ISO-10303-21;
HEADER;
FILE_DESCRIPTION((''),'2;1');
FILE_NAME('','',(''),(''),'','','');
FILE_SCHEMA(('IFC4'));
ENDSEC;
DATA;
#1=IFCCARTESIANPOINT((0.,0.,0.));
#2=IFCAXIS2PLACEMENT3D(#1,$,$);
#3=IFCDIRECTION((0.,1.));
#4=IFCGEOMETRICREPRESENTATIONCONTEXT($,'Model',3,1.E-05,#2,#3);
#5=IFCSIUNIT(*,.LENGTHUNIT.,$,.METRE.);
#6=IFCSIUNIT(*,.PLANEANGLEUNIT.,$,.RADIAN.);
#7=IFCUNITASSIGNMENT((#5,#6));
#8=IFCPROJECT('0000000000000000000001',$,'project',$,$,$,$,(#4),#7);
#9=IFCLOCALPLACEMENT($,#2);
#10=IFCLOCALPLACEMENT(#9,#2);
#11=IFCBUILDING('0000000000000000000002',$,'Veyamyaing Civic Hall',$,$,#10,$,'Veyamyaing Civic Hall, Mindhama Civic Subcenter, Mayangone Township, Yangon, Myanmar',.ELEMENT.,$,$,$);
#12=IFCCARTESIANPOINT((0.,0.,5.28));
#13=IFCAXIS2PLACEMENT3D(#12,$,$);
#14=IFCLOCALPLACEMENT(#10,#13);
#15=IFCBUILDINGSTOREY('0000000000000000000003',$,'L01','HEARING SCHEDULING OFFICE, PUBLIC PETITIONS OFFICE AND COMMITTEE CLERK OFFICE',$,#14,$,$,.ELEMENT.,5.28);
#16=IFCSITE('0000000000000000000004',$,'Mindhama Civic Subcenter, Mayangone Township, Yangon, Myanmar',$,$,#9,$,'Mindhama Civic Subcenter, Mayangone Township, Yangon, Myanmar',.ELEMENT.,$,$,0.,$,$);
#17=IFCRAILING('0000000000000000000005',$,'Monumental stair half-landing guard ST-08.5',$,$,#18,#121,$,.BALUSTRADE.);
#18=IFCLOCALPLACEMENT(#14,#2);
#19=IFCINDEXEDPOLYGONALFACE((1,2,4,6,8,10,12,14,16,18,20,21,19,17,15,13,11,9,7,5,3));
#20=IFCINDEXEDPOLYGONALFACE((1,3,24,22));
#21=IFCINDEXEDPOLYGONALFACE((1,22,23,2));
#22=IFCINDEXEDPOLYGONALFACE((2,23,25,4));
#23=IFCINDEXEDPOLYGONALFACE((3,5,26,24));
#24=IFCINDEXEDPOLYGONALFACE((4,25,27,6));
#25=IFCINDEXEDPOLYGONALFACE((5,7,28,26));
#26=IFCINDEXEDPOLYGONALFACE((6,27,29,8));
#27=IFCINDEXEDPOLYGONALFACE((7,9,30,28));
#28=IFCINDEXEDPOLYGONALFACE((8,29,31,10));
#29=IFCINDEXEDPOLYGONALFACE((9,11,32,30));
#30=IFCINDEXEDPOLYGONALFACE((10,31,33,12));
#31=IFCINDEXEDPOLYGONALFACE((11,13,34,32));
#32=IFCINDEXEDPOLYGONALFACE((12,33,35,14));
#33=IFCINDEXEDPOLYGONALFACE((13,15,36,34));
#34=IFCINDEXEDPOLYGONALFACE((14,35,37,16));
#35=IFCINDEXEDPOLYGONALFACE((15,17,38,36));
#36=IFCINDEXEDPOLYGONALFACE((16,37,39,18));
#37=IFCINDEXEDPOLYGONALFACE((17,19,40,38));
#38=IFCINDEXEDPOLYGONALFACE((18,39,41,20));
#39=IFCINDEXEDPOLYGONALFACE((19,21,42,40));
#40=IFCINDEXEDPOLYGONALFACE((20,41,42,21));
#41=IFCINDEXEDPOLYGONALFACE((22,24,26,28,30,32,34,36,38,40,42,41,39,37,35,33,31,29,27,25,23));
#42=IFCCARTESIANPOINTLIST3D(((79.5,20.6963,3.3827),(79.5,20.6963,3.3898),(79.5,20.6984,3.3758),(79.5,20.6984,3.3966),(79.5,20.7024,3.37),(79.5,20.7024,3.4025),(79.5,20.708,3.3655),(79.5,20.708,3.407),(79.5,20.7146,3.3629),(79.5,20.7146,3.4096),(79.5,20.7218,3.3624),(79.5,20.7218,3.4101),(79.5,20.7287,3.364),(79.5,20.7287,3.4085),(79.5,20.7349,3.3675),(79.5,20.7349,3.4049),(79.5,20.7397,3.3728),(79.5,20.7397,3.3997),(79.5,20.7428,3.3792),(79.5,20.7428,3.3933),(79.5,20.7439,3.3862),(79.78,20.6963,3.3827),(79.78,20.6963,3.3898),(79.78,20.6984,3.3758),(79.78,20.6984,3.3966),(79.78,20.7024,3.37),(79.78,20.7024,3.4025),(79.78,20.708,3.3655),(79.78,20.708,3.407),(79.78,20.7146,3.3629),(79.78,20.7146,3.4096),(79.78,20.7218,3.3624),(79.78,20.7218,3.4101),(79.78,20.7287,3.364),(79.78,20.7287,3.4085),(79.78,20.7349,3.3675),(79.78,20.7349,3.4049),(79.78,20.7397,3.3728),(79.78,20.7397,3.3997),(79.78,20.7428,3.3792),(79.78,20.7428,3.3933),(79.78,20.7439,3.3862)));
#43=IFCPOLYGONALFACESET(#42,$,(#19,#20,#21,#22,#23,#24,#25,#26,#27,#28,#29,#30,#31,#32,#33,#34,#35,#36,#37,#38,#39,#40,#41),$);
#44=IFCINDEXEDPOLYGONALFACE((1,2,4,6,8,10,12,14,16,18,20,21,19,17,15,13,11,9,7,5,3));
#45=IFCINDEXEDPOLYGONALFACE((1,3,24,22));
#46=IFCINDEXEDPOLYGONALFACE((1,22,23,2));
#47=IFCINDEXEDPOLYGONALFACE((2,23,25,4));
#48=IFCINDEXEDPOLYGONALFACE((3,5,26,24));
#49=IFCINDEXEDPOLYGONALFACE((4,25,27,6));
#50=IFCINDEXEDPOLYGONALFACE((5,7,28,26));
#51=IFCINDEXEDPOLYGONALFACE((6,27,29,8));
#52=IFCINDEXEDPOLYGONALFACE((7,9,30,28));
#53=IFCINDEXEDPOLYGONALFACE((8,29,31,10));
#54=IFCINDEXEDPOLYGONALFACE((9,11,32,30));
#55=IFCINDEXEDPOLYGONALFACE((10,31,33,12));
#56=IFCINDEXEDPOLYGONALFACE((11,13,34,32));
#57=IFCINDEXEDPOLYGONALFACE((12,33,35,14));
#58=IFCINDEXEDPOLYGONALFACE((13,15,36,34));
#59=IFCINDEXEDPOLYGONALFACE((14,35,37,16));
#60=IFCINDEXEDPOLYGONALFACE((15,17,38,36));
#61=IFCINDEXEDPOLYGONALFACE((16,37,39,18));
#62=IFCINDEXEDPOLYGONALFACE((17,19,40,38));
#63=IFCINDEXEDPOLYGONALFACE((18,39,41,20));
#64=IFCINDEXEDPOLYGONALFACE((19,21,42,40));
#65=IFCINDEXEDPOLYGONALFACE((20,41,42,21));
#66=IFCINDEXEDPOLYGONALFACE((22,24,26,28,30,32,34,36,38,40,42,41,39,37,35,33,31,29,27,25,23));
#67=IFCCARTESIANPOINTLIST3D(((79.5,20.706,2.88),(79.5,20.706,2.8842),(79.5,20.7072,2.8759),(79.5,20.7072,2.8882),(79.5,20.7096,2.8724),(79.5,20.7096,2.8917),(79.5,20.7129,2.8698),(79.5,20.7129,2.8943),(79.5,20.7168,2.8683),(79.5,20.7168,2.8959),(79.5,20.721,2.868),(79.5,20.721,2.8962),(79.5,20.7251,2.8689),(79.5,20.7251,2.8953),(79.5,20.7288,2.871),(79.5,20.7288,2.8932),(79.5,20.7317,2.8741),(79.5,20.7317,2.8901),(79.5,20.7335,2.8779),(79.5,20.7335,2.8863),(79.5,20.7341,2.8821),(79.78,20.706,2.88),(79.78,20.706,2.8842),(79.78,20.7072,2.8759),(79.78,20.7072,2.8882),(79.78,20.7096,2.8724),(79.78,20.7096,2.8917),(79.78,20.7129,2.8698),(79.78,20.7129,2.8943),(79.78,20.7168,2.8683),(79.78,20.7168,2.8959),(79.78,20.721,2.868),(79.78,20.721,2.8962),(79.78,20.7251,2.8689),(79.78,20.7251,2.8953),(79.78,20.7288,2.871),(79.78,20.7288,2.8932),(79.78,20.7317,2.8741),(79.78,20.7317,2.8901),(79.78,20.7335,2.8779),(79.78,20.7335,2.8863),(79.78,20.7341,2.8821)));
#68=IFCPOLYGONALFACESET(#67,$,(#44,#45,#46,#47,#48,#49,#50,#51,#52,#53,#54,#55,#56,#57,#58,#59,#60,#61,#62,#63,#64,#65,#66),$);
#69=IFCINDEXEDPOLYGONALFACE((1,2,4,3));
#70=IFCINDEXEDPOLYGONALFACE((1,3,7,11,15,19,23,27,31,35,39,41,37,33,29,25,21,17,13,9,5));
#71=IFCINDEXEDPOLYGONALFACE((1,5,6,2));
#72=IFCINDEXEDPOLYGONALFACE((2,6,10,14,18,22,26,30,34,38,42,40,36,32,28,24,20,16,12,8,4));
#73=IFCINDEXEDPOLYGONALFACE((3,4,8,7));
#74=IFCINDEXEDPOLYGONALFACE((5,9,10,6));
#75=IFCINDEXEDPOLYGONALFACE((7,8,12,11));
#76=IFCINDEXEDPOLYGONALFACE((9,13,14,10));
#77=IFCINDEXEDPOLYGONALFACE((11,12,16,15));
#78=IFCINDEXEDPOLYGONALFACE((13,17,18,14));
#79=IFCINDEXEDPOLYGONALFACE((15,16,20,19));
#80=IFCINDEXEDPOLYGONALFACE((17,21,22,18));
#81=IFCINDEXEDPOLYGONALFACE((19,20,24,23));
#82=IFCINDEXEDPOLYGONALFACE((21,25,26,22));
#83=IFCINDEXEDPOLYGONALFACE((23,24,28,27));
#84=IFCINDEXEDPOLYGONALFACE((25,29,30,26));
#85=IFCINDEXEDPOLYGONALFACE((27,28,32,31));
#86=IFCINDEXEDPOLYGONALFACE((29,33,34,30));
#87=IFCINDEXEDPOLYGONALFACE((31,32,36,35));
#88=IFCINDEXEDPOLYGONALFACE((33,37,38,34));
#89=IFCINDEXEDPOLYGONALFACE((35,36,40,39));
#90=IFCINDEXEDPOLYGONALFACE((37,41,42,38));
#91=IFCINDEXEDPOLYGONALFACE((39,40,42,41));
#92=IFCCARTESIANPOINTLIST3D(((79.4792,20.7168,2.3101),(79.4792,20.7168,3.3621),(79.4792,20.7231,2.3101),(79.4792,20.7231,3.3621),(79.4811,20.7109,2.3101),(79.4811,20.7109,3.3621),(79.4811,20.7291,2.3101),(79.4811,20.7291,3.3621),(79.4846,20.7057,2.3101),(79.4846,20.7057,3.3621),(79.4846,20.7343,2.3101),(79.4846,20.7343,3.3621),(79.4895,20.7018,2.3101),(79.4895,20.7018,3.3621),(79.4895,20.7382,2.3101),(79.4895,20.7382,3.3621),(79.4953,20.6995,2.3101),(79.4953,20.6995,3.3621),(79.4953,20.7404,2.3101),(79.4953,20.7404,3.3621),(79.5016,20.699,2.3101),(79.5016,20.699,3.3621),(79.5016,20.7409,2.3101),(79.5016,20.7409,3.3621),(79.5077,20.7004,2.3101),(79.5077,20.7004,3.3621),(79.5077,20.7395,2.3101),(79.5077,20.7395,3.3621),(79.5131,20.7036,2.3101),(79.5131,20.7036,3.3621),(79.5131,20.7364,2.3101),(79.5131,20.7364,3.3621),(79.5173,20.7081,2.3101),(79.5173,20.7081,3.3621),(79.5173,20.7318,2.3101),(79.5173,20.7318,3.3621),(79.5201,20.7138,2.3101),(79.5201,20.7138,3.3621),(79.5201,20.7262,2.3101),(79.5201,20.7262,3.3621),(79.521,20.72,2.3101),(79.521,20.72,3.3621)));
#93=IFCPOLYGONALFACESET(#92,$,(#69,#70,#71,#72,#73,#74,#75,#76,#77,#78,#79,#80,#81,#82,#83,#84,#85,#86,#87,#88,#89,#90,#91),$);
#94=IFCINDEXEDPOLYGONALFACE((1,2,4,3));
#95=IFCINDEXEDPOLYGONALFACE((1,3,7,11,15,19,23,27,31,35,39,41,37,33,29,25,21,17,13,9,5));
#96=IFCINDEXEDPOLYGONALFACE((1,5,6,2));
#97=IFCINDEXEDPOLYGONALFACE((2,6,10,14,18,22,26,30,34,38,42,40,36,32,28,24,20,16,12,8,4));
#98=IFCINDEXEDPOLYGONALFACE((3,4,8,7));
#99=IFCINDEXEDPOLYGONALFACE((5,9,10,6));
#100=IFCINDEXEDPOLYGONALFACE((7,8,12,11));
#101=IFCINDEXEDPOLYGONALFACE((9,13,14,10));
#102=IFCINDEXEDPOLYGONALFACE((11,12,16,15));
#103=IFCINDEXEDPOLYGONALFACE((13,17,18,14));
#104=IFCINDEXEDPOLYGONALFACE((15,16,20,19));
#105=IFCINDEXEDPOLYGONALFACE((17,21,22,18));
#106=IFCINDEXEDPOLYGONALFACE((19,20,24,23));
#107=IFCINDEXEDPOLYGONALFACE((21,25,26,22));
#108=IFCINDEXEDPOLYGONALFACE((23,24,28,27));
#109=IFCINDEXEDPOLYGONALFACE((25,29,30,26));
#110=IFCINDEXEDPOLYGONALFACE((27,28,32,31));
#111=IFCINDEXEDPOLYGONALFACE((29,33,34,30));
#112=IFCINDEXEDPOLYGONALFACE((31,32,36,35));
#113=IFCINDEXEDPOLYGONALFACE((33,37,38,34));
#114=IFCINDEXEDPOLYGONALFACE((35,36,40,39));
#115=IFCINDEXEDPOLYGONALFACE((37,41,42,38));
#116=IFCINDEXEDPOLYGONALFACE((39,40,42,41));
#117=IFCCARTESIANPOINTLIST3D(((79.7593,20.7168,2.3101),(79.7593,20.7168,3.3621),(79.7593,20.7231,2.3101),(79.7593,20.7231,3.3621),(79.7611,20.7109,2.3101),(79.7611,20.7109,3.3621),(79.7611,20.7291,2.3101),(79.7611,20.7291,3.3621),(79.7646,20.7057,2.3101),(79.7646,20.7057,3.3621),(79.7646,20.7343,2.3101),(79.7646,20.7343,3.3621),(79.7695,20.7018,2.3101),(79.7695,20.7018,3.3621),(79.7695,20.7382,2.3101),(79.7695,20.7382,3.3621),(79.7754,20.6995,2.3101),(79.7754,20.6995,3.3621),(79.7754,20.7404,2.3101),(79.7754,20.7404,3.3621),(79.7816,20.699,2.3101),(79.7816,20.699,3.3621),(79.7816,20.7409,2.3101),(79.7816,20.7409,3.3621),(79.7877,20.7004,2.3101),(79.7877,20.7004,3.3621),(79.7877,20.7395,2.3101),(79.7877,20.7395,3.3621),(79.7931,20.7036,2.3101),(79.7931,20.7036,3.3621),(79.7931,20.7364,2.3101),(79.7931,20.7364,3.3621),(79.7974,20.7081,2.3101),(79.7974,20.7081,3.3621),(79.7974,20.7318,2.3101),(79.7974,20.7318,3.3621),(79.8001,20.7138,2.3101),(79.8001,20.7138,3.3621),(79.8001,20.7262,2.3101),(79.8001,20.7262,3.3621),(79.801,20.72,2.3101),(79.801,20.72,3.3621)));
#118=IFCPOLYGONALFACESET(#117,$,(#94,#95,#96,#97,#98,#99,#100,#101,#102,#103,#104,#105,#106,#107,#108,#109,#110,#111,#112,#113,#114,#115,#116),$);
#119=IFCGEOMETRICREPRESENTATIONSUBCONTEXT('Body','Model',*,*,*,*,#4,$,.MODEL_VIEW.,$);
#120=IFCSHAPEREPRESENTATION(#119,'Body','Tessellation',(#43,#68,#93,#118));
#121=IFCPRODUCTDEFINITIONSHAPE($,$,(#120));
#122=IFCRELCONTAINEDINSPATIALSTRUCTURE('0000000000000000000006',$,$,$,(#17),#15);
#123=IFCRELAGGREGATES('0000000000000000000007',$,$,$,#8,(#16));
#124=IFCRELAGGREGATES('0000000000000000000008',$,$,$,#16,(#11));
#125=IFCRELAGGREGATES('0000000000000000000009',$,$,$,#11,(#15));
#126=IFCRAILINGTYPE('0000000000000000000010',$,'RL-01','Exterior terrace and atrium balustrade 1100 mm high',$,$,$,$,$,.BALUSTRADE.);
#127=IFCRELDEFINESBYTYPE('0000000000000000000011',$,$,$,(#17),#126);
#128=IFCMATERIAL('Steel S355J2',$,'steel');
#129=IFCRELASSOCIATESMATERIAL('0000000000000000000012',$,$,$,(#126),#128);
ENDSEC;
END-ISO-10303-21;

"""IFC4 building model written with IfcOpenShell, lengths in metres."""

from ifc_helpers import new_model, si_unit, direction, frame, origin, origin_2d, place, context, subcontext, project, spatial, circle, extrude, material, type_object, element, save


model = new_model("IFC4")

# Units and contexts
model_context = context("Model", 3, precision=1e-05, world=origin(), true_north=direction((0.0, 1.0)))
body_context = subcontext(model_context, "Body", "Model", "MODEL_VIEW")
ifc_project = project(units=[si_unit("LENGTHUNIT", "METRE"), si_unit("PLANEANGLEUNIT", "RADIAN")], contexts=[model_context])

# Site, building, storey
site_placement = place(None, origin())
site = spatial("IfcSite", under=ifc_project, at=site_placement, Name="Mindhama Civic Subcenter, Mayangone Township, Yangon, Myanmar", LongName="Mindhama Civic Subcenter, Mayangone Township, Yangon, Myanmar", CompositionType="ELEMENT", RefElevation=0.0)
building_placement = place(site_placement, origin())
building = spatial("IfcBuilding", under=site, at=building_placement, Name="Veyamyaing Civic Hall", LongName="Veyamyaing Civic Hall, Mindhama Civic Subcenter, Mayangone Township, Yangon, Myanmar", CompositionType="ELEMENT")
storey_placement = place(building_placement, frame((0.0, 0.0, 5.28)))
storey = spatial("IfcBuildingStorey", under=building, at=storey_placement, Name="L01", Description="HEARING SCHEDULING OFFICE, PUBLIC PETITIONS OFFICE AND COMMITTEE CLERK OFFICE", CompositionType="ELEMENT", Elevation=5.28)

# Railing
ifc_material_1 = material(Name="Steel S355J2", Category="steel")
railing_type_1 = type_object("IfcRailingType", Name="RL-01", Description="Exterior terrace and atrium balustrade 1100 mm high", PredefinedType="BALUSTRADE", material=ifc_material_1)
railing_1_placement = place(storey_placement, frame((79.5, 20.72, 2.3101)))
element("IfcRailing", 1, at=railing_1_placement, inside=storey, type_object=railing_type_1, Name="Monumental stair half-landing guard ST-08.5", PredefinedType="BALUSTRADE", context=body_context, shape_type="SweptSolid", body=[
    extrude(circle(Radius=0.0239, at=origin_2d()), frame((0.0, 0.0, 1.0762), z_axis=(1.0, 0.0, 0.0), x_axis=(0.0, 1.0, 0.0)), (0.0, 0.0, 1.0), 0.28),
    extrude(circle(Radius=0.0142, at=origin_2d()), frame((0.0, 0.0, 0.572), z_axis=(1.0, 0.0, 0.0), x_axis=(0.0, 1.0, 0.0)), (0.0, 0.0, 1.0), 0.28),
    extrude(circle(Radius=0.021, at=origin_2d()), origin(), (0.0, 0.0, 1.0), 1.052),
    extrude(circle(Radius=0.021, at=origin_2d()), frame((0.28, 0.0, 0.0)), (0.0, 0.0, 1.0), 1.052),
])

save(model, "model.ifc")
